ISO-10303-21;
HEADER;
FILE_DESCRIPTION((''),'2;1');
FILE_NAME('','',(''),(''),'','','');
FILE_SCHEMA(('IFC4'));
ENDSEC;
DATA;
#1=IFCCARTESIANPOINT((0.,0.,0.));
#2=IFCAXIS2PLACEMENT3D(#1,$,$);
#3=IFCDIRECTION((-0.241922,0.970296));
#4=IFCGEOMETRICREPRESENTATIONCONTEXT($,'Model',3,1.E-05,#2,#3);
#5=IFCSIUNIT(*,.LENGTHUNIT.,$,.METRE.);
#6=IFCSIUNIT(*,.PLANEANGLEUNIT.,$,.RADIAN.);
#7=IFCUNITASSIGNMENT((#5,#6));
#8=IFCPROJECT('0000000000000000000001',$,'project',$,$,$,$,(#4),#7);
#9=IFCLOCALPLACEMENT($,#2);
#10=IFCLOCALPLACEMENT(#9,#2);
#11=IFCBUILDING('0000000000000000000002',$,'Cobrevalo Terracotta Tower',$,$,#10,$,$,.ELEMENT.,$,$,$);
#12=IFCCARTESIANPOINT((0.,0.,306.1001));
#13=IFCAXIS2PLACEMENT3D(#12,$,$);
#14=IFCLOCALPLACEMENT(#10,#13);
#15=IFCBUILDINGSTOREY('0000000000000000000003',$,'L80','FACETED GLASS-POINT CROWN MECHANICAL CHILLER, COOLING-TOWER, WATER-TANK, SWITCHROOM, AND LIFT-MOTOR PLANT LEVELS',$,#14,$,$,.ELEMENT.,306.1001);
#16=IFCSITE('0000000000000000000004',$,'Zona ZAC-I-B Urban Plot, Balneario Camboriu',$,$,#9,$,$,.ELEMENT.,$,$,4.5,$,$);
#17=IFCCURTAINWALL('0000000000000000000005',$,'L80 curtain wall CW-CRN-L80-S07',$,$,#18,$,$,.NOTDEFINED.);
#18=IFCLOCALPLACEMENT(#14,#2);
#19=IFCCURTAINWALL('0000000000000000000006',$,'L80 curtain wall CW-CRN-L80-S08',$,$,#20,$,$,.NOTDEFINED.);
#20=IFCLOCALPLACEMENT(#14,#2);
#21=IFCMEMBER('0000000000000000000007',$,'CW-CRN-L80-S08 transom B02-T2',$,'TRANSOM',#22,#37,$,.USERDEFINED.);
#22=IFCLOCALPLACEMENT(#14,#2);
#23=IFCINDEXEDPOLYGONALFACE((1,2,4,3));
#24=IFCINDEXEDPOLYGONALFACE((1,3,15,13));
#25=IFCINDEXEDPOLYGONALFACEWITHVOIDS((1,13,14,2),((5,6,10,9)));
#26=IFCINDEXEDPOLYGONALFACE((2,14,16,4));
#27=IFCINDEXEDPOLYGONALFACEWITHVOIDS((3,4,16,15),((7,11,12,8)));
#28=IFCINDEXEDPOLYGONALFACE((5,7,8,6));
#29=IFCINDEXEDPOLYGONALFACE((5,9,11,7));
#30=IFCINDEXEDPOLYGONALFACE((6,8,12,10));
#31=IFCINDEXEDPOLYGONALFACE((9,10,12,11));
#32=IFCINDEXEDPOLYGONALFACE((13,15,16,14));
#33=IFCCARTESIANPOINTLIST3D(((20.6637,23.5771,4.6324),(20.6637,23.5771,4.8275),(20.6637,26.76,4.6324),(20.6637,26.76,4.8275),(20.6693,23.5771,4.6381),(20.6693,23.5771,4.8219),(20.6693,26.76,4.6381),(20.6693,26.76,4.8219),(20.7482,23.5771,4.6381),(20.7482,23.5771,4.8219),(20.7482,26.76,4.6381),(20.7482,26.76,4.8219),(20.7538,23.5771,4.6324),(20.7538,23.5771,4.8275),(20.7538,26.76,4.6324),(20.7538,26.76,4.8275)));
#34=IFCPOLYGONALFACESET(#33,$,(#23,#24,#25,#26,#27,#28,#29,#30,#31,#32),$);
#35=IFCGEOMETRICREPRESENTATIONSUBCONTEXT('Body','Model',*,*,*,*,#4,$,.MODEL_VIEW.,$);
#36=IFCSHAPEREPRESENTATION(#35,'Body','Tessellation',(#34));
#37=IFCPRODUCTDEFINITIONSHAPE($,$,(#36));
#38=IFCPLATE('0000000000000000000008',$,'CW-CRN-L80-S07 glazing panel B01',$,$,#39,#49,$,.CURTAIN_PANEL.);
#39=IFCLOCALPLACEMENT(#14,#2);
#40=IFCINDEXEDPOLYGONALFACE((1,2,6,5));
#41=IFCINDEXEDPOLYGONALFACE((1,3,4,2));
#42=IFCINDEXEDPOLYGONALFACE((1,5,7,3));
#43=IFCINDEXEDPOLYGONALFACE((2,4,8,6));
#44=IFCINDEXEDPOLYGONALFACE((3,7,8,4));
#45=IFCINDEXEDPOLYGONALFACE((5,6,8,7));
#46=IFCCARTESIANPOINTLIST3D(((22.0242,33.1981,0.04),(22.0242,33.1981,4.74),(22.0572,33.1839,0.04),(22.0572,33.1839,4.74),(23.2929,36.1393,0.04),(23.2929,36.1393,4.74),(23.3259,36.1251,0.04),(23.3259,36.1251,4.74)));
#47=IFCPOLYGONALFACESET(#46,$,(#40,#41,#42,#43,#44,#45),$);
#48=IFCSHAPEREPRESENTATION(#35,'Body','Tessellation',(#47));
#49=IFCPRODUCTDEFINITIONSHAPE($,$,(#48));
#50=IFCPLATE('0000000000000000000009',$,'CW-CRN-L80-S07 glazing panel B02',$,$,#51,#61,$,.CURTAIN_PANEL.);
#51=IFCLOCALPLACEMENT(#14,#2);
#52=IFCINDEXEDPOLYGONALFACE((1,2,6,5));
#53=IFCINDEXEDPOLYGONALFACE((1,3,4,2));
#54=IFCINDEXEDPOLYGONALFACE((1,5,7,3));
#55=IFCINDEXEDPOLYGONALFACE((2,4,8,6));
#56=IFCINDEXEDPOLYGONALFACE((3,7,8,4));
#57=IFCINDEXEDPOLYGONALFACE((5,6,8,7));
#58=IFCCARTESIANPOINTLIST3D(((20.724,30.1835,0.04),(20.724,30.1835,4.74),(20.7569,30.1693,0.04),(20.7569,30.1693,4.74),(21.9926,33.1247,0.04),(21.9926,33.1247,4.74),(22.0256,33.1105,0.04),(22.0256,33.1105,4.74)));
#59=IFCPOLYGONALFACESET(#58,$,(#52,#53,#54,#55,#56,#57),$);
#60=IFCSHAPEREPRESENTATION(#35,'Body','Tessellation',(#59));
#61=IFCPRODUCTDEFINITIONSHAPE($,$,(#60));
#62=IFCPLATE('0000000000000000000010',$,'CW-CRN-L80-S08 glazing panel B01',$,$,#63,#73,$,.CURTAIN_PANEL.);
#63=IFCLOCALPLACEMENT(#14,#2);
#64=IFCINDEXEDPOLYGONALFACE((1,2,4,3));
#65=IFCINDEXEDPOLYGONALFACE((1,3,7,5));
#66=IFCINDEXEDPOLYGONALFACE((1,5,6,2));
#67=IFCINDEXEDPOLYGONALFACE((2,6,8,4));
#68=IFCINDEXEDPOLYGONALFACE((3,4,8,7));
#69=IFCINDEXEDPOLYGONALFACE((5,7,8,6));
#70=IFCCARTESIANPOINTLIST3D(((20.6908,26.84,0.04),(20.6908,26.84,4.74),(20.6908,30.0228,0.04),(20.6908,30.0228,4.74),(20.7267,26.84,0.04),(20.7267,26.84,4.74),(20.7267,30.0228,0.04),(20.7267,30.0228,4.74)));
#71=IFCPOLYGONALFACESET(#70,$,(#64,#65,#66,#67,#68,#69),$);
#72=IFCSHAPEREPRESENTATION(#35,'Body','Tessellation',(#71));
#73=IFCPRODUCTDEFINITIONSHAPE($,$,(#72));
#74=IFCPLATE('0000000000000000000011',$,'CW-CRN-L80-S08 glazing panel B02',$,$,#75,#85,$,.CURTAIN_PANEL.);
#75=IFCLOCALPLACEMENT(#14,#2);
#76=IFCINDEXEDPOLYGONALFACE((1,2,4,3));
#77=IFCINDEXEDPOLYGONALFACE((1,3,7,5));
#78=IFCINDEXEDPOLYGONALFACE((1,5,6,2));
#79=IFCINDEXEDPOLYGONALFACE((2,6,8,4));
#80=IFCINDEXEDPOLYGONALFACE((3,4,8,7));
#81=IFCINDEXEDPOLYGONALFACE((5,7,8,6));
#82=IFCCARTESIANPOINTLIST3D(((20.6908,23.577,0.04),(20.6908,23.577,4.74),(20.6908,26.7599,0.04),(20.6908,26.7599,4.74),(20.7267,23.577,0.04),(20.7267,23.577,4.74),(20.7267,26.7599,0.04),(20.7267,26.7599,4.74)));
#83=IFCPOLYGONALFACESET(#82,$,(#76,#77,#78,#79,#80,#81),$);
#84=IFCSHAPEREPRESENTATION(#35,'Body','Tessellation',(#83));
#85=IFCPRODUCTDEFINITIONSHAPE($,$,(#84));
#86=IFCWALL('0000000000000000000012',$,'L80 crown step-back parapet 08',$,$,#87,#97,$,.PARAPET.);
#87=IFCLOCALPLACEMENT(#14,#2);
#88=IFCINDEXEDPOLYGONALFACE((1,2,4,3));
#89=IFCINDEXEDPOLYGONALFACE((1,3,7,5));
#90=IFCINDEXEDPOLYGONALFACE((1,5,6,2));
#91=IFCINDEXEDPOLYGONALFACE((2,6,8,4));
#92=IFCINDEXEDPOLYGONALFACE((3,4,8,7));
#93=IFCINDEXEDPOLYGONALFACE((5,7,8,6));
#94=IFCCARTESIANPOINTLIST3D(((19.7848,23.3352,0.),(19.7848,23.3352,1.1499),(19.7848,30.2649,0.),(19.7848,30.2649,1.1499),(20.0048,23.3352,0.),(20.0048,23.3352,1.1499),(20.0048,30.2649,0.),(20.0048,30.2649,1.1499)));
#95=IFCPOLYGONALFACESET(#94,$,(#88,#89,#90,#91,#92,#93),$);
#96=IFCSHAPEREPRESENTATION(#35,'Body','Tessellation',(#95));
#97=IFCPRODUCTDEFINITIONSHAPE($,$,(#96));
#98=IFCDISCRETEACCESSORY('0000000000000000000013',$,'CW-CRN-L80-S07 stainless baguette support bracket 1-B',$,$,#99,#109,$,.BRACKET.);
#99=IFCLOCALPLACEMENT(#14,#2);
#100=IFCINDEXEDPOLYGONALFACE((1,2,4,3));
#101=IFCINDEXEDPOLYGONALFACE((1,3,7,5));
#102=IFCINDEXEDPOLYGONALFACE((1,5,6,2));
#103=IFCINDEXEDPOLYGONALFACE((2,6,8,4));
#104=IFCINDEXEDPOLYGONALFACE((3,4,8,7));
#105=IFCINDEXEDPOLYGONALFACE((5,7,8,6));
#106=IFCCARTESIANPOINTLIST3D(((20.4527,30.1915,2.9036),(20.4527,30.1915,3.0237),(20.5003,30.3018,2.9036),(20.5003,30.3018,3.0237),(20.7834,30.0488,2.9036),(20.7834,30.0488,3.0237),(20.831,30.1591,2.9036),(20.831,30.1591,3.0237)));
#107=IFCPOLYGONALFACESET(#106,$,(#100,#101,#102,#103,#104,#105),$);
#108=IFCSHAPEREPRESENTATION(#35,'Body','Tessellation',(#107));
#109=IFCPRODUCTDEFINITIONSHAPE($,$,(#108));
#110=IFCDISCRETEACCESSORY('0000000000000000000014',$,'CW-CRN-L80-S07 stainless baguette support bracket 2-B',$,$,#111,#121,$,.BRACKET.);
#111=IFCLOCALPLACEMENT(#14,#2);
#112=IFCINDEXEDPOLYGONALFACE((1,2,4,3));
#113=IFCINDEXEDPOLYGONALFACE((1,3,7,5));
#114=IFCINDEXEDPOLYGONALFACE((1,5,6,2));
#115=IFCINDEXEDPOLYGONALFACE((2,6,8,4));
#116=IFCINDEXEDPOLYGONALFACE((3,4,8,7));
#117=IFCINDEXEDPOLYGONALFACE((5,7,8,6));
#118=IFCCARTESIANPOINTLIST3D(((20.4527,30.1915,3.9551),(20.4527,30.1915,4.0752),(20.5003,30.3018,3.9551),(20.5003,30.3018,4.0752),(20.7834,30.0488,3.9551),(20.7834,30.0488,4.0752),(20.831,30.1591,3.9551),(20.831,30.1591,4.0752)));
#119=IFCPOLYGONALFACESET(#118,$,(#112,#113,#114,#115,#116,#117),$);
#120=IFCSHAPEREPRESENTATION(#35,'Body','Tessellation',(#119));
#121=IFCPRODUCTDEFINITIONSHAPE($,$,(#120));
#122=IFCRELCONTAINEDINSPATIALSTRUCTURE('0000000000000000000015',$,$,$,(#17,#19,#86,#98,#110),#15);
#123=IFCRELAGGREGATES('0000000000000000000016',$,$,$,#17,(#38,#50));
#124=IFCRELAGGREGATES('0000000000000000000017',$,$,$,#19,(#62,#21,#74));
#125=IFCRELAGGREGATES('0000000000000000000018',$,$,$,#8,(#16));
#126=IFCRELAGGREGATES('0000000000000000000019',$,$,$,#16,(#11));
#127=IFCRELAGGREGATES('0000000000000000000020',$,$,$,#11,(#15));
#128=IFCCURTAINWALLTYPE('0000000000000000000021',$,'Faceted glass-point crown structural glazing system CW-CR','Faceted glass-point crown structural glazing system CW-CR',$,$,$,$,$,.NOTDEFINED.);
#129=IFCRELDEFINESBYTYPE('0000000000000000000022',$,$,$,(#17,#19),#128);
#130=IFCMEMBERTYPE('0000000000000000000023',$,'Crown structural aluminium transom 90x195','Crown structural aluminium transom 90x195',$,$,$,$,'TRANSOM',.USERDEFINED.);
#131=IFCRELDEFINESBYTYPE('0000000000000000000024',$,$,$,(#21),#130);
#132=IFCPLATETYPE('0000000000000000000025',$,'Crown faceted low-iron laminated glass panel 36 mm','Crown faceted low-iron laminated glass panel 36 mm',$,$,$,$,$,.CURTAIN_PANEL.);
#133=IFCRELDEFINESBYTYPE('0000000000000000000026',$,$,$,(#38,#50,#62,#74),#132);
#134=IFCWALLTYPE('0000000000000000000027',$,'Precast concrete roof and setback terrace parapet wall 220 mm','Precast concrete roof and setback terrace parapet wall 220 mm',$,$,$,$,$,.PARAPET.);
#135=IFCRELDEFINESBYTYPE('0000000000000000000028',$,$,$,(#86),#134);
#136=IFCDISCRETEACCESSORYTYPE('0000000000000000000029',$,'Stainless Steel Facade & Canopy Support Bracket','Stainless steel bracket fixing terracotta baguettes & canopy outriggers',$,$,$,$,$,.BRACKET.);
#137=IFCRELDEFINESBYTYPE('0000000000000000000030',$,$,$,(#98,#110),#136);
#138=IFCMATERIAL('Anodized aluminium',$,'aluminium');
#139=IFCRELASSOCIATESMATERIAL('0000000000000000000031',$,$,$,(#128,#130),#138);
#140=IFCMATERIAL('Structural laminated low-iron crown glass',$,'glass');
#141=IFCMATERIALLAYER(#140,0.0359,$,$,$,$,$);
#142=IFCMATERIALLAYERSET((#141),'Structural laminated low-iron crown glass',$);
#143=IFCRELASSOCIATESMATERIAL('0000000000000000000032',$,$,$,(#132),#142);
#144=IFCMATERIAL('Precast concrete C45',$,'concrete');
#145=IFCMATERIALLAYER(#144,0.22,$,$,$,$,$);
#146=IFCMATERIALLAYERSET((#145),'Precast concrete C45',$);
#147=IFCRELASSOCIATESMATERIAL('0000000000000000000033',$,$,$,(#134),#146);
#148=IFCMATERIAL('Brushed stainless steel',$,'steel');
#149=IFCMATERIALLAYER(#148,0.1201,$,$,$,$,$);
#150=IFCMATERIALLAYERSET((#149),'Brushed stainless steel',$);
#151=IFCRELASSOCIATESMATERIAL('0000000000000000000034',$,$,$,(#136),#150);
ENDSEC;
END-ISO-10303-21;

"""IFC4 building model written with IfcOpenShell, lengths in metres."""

from ifc_helpers import new_model, si_unit, direction, frame, frame_2d, origin, origin_2d, place, context, subcontext, project, spatial, rectangle, hollow_rectangle, extrude, source, transform, mapped, material, layer, layer_set, material_profile, profile_set, type_object, element, aggregate, save


model = new_model("IFC4")

# Units and contexts
model_context = context("Model", 3, precision=1e-05, world=origin(), true_north=direction((-0.241922, 0.970296)))
body_context = subcontext(model_context, "Body", "Model", "MODEL_VIEW")
ifc_project = project(units=[si_unit("LENGTHUNIT", "METRE"), si_unit("PLANEANGLEUNIT", "RADIAN")], contexts=[model_context])

# Site, building, storey
site_placement = place(None, origin())
site = spatial("IfcSite", under=ifc_project, at=site_placement, Name="Zona ZAC-I-B Urban Plot, Balneario Camboriu", CompositionType="ELEMENT", RefElevation=4.5)
building_placement = place(site_placement, origin())
building = spatial("IfcBuilding", under=site, at=building_placement, Name="Cobrevalo Terracotta Tower", CompositionType="ELEMENT")
storey_placement = place(building_placement, frame((0.0, 0.0, 306.1001)))
storey = spatial("IfcBuildingStorey", under=building, at=storey_placement, Name="L80", Description="FACETED GLASS-POINT CROWN MECHANICAL CHILLER, COOLING-TOWER, WATER-TANK, SWITCHROOM, AND LIFT-MOTOR PLANT LEVELS", CompositionType="ELEMENT", Elevation=306.1001)

# Curtain walls
ifc_material_1 = material(Name="Anodized aluminium", Category="aluminium")
curtain_wall_type = type_object("IfcCurtainWallType", Name="Faceted glass-point crown structural glazing system CW-CR", Description="Faceted glass-point crown structural glazing system CW-CR", PredefinedType="NOTDEFINED", material=ifc_material_1)
curtain_wall_1_placement = place(storey_placement, origin())
curtain_wall_1 = element("IfcCurtainWall", 1, at=curtain_wall_1_placement, inside=storey, type_object=curtain_wall_type, Name="L80 curtain wall CW-CRN-L80-S07", PredefinedType="NOTDEFINED")
curtain_wall_2_placement = place(storey_placement, origin())
curtain_wall_2 = element("IfcCurtainWall", 2, at=curtain_wall_2_placement, inside=storey, type_object=curtain_wall_type, Name="L80 curtain wall CW-CRN-L80-S08", PredefinedType="NOTDEFINED")

# Member
ifc_material_profile_1 = material_profile(ifc_material_1, hollow_rectangle(XDim=0.0901, YDim=0.1951, WallThickness=0.0056, at=origin_2d()), Name="CWT 90x195")
ifc_profile_set_1 = profile_set([ifc_material_profile_1], Name="Anodized aluminium")
member_type_1 = type_object("IfcMemberType", Name="Crown structural aluminium transom 90x195", Description="Crown structural aluminium transom 90x195", ElementType="TRANSOM", PredefinedType="USERDEFINED", material=ifc_profile_set_1)
shared_shape_1 = source(origin(), body_context, "Body", "SweptSolid", [
    extrude(hollow_rectangle(XDim=0.0901, YDim=0.1951, WallThickness=0.0056, at=origin_2d()), origin(), (0.0, 0.0, 1.0), 3.1829),
])
member_1_placement = place(storey_placement, frame((20.7087, 26.76, 4.73), z_axis=(0.0, -1.0, 0.0), x_axis=(1.0, 0.0, 0.0)))
member_1 = element("IfcMember", 3, at=member_1_placement, type_object=member_type_1, Name="CW-CRN-L80-S08 transom B02-T2", ObjectType="TRANSOM", PredefinedType="USERDEFINED", context=body_context, shape_type="MappedRepresentation", body=[
    mapped(shared_shape_1, transform((0.0, 0.0, 0.0), scale=1.0)),
])

# Plates
ifc_material_2 = material(Name="Structural laminated low-iron crown glass", Category="glass")
ifc_layer_1 = layer(ifc_material_2, 0.0359)
ifc_layer_set_1 = layer_set([ifc_layer_1], Name="Structural laminated low-iron crown glass")
plate_type = type_object("IfcPlateType", Name="Crown faceted low-iron laminated glass panel 36 mm", Description="Crown faceted low-iron laminated glass panel 36 mm", PredefinedType="CURTAIN_PANEL", material=ifc_layer_set_1)
shared_shape_2 = source(origin(), body_context, "Body", "SweptSolid", [
    extrude(rectangle(XDim=3.2031, YDim=0.0359, at=origin_2d()), origin(), (0.0, 0.0, 1.0), 4.7),
])
plate_1_placement = place(storey_placement, frame((22.675, 34.6616, 0.04), z_axis=(0.0, 0.0, 1.0), x_axis=(-0.396066, -0.918222, 0.0)))
plate_1 = element("IfcPlate", 4, at=plate_1_placement, type_object=plate_type, Name="CW-CRN-L80-S07 glazing panel B01", PredefinedType="CURTAIN_PANEL", context=body_context, shape_type="MappedRepresentation", body=[
    mapped(shared_shape_2, transform((0.0, 0.0, 0.0), scale=1.0)),
])
plate_2_placement = place(storey_placement, frame((21.3748, 31.647, 0.04), z_axis=(0.0, 0.0, 1.0), x_axis=(-0.396066, -0.918222, 0.0)))
plate_2 = element("IfcPlate", 5, at=plate_2_placement, type_object=plate_type, Name="CW-CRN-L80-S07 glazing panel B02", PredefinedType="CURTAIN_PANEL", context=body_context, shape_type="MappedRepresentation", body=[
    mapped(shared_shape_2, transform((0.0, 0.0, 0.0), scale=1.0)),
])
aggregate(curtain_wall_1, [plate_1, plate_2])
shared_shape_3 = source(origin(), body_context, "Body", "SweptSolid", [
    extrude(rectangle(XDim=3.1829, YDim=0.0359, at=origin_2d()), origin(), (0.0, 0.0, 1.0), 4.7),
])
plate_3_placement = place(storey_placement, frame((20.7087, 28.4314, 0.04), z_axis=(0.0, 0.0, 1.0), x_axis=(0.0, -1.0, 0.0)))
plate_3 = element("IfcPlate", 6, at=plate_3_placement, type_object=plate_type, Name="CW-CRN-L80-S08 glazing panel B01", PredefinedType="CURTAIN_PANEL", context=body_context, shape_type="MappedRepresentation", body=[
    mapped(shared_shape_3, transform((0.0, 0.0, 0.0), scale=1.0)),
])
plate_4_placement = place(storey_placement, frame((20.7087, 25.1685, 0.04), z_axis=(0.0, 0.0, 1.0), x_axis=(0.0, -1.0, 0.0)))
plate_4 = element("IfcPlate", 7, at=plate_4_placement, type_object=plate_type, Name="CW-CRN-L80-S08 glazing panel B02", PredefinedType="CURTAIN_PANEL", context=body_context, shape_type="MappedRepresentation", body=[
    mapped(shared_shape_3, transform((0.0, 0.0, 0.0), scale=1.0)),
])
aggregate(curtain_wall_2, [plate_3, member_1, plate_4])

# Wall
ifc_material_3 = material(Name="Precast concrete C45", Category="concrete")
ifc_layer_2 = layer(ifc_material_3, 0.22)
ifc_layer_set_2 = layer_set([ifc_layer_2], Name="Precast concrete C45")
wall_type = type_object("IfcWallType", Name="Precast concrete roof and setback terrace parapet wall 220 mm", Description="Precast concrete roof and setback terrace parapet wall 220 mm", PredefinedType="PARAPET", material=ifc_layer_set_2)
wall_placement = place(storey_placement, frame((19.8948, 30.2649, 0.0), z_axis=(0.0, 0.0, 1.0), x_axis=(0.0, -1.0, 0.0)))
element("IfcWall", 8, at=wall_placement, inside=storey, type_object=wall_type, Name="L80 crown step-back parapet 08", PredefinedType="PARAPET", context=body_context, shape_type="SweptSolid", body=[
    extrude(rectangle(XDim=6.9297, YDim=0.22, at=frame_2d((3.4648, 0.0))), origin(), (0.0, 0.0, 1.0), 1.1499),
])

# Discrete accessories
ifc_material_4 = material(Name="Brushed stainless steel", Category="steel")
ifc_layer_3 = layer(ifc_material_4, 0.1201)
ifc_layer_set_3 = layer_set([ifc_layer_3], Name="Brushed stainless steel")
discrete_accessory_type = type_object("IfcDiscreteAccessoryType", Name="Stainless Steel Facade & Canopy Support Bracket", Description="Stainless steel bracket fixing terracotta baguettes & canopy outriggers", PredefinedType="BRACKET", material=ifc_layer_set_3)
shared_shape_4 = source(origin(), body_context, "Body", "SweptSolid", [
    extrude(rectangle(XDim=0.1201, YDim=0.3601, at=origin_2d()), origin(), (0.0, 0.0, 1.0), 0.1201),
])
for number, where, z_axis, x_axis, name in (
    (9, (20.6418, 30.1753, 2.9036), (0.0, 0.0, 1.0), (-0.396066, -0.918222, 0.0), "CW-CRN-L80-S07 stainless baguette support bracket 1-B"),
    (10, (20.6418, 30.1753, 3.9551), (0.0, 0.0, 1.0), (-0.396066, -0.918222, 0.0), "CW-CRN-L80-S07 stainless baguette support bracket 2-B"),
):
    element("IfcDiscreteAccessory", number, at=place(storey_placement, frame(where, z_axis=z_axis, x_axis=x_axis)), inside=storey, type_object=discrete_accessory_type, Name=name, PredefinedType="BRACKET", context=body_context, shape_type="MappedRepresentation", body=[
        mapped(shared_shape_4, transform((0.0, 0.0, 0.0), scale=1.0)),
    ])

save(model, "model.ifc")
